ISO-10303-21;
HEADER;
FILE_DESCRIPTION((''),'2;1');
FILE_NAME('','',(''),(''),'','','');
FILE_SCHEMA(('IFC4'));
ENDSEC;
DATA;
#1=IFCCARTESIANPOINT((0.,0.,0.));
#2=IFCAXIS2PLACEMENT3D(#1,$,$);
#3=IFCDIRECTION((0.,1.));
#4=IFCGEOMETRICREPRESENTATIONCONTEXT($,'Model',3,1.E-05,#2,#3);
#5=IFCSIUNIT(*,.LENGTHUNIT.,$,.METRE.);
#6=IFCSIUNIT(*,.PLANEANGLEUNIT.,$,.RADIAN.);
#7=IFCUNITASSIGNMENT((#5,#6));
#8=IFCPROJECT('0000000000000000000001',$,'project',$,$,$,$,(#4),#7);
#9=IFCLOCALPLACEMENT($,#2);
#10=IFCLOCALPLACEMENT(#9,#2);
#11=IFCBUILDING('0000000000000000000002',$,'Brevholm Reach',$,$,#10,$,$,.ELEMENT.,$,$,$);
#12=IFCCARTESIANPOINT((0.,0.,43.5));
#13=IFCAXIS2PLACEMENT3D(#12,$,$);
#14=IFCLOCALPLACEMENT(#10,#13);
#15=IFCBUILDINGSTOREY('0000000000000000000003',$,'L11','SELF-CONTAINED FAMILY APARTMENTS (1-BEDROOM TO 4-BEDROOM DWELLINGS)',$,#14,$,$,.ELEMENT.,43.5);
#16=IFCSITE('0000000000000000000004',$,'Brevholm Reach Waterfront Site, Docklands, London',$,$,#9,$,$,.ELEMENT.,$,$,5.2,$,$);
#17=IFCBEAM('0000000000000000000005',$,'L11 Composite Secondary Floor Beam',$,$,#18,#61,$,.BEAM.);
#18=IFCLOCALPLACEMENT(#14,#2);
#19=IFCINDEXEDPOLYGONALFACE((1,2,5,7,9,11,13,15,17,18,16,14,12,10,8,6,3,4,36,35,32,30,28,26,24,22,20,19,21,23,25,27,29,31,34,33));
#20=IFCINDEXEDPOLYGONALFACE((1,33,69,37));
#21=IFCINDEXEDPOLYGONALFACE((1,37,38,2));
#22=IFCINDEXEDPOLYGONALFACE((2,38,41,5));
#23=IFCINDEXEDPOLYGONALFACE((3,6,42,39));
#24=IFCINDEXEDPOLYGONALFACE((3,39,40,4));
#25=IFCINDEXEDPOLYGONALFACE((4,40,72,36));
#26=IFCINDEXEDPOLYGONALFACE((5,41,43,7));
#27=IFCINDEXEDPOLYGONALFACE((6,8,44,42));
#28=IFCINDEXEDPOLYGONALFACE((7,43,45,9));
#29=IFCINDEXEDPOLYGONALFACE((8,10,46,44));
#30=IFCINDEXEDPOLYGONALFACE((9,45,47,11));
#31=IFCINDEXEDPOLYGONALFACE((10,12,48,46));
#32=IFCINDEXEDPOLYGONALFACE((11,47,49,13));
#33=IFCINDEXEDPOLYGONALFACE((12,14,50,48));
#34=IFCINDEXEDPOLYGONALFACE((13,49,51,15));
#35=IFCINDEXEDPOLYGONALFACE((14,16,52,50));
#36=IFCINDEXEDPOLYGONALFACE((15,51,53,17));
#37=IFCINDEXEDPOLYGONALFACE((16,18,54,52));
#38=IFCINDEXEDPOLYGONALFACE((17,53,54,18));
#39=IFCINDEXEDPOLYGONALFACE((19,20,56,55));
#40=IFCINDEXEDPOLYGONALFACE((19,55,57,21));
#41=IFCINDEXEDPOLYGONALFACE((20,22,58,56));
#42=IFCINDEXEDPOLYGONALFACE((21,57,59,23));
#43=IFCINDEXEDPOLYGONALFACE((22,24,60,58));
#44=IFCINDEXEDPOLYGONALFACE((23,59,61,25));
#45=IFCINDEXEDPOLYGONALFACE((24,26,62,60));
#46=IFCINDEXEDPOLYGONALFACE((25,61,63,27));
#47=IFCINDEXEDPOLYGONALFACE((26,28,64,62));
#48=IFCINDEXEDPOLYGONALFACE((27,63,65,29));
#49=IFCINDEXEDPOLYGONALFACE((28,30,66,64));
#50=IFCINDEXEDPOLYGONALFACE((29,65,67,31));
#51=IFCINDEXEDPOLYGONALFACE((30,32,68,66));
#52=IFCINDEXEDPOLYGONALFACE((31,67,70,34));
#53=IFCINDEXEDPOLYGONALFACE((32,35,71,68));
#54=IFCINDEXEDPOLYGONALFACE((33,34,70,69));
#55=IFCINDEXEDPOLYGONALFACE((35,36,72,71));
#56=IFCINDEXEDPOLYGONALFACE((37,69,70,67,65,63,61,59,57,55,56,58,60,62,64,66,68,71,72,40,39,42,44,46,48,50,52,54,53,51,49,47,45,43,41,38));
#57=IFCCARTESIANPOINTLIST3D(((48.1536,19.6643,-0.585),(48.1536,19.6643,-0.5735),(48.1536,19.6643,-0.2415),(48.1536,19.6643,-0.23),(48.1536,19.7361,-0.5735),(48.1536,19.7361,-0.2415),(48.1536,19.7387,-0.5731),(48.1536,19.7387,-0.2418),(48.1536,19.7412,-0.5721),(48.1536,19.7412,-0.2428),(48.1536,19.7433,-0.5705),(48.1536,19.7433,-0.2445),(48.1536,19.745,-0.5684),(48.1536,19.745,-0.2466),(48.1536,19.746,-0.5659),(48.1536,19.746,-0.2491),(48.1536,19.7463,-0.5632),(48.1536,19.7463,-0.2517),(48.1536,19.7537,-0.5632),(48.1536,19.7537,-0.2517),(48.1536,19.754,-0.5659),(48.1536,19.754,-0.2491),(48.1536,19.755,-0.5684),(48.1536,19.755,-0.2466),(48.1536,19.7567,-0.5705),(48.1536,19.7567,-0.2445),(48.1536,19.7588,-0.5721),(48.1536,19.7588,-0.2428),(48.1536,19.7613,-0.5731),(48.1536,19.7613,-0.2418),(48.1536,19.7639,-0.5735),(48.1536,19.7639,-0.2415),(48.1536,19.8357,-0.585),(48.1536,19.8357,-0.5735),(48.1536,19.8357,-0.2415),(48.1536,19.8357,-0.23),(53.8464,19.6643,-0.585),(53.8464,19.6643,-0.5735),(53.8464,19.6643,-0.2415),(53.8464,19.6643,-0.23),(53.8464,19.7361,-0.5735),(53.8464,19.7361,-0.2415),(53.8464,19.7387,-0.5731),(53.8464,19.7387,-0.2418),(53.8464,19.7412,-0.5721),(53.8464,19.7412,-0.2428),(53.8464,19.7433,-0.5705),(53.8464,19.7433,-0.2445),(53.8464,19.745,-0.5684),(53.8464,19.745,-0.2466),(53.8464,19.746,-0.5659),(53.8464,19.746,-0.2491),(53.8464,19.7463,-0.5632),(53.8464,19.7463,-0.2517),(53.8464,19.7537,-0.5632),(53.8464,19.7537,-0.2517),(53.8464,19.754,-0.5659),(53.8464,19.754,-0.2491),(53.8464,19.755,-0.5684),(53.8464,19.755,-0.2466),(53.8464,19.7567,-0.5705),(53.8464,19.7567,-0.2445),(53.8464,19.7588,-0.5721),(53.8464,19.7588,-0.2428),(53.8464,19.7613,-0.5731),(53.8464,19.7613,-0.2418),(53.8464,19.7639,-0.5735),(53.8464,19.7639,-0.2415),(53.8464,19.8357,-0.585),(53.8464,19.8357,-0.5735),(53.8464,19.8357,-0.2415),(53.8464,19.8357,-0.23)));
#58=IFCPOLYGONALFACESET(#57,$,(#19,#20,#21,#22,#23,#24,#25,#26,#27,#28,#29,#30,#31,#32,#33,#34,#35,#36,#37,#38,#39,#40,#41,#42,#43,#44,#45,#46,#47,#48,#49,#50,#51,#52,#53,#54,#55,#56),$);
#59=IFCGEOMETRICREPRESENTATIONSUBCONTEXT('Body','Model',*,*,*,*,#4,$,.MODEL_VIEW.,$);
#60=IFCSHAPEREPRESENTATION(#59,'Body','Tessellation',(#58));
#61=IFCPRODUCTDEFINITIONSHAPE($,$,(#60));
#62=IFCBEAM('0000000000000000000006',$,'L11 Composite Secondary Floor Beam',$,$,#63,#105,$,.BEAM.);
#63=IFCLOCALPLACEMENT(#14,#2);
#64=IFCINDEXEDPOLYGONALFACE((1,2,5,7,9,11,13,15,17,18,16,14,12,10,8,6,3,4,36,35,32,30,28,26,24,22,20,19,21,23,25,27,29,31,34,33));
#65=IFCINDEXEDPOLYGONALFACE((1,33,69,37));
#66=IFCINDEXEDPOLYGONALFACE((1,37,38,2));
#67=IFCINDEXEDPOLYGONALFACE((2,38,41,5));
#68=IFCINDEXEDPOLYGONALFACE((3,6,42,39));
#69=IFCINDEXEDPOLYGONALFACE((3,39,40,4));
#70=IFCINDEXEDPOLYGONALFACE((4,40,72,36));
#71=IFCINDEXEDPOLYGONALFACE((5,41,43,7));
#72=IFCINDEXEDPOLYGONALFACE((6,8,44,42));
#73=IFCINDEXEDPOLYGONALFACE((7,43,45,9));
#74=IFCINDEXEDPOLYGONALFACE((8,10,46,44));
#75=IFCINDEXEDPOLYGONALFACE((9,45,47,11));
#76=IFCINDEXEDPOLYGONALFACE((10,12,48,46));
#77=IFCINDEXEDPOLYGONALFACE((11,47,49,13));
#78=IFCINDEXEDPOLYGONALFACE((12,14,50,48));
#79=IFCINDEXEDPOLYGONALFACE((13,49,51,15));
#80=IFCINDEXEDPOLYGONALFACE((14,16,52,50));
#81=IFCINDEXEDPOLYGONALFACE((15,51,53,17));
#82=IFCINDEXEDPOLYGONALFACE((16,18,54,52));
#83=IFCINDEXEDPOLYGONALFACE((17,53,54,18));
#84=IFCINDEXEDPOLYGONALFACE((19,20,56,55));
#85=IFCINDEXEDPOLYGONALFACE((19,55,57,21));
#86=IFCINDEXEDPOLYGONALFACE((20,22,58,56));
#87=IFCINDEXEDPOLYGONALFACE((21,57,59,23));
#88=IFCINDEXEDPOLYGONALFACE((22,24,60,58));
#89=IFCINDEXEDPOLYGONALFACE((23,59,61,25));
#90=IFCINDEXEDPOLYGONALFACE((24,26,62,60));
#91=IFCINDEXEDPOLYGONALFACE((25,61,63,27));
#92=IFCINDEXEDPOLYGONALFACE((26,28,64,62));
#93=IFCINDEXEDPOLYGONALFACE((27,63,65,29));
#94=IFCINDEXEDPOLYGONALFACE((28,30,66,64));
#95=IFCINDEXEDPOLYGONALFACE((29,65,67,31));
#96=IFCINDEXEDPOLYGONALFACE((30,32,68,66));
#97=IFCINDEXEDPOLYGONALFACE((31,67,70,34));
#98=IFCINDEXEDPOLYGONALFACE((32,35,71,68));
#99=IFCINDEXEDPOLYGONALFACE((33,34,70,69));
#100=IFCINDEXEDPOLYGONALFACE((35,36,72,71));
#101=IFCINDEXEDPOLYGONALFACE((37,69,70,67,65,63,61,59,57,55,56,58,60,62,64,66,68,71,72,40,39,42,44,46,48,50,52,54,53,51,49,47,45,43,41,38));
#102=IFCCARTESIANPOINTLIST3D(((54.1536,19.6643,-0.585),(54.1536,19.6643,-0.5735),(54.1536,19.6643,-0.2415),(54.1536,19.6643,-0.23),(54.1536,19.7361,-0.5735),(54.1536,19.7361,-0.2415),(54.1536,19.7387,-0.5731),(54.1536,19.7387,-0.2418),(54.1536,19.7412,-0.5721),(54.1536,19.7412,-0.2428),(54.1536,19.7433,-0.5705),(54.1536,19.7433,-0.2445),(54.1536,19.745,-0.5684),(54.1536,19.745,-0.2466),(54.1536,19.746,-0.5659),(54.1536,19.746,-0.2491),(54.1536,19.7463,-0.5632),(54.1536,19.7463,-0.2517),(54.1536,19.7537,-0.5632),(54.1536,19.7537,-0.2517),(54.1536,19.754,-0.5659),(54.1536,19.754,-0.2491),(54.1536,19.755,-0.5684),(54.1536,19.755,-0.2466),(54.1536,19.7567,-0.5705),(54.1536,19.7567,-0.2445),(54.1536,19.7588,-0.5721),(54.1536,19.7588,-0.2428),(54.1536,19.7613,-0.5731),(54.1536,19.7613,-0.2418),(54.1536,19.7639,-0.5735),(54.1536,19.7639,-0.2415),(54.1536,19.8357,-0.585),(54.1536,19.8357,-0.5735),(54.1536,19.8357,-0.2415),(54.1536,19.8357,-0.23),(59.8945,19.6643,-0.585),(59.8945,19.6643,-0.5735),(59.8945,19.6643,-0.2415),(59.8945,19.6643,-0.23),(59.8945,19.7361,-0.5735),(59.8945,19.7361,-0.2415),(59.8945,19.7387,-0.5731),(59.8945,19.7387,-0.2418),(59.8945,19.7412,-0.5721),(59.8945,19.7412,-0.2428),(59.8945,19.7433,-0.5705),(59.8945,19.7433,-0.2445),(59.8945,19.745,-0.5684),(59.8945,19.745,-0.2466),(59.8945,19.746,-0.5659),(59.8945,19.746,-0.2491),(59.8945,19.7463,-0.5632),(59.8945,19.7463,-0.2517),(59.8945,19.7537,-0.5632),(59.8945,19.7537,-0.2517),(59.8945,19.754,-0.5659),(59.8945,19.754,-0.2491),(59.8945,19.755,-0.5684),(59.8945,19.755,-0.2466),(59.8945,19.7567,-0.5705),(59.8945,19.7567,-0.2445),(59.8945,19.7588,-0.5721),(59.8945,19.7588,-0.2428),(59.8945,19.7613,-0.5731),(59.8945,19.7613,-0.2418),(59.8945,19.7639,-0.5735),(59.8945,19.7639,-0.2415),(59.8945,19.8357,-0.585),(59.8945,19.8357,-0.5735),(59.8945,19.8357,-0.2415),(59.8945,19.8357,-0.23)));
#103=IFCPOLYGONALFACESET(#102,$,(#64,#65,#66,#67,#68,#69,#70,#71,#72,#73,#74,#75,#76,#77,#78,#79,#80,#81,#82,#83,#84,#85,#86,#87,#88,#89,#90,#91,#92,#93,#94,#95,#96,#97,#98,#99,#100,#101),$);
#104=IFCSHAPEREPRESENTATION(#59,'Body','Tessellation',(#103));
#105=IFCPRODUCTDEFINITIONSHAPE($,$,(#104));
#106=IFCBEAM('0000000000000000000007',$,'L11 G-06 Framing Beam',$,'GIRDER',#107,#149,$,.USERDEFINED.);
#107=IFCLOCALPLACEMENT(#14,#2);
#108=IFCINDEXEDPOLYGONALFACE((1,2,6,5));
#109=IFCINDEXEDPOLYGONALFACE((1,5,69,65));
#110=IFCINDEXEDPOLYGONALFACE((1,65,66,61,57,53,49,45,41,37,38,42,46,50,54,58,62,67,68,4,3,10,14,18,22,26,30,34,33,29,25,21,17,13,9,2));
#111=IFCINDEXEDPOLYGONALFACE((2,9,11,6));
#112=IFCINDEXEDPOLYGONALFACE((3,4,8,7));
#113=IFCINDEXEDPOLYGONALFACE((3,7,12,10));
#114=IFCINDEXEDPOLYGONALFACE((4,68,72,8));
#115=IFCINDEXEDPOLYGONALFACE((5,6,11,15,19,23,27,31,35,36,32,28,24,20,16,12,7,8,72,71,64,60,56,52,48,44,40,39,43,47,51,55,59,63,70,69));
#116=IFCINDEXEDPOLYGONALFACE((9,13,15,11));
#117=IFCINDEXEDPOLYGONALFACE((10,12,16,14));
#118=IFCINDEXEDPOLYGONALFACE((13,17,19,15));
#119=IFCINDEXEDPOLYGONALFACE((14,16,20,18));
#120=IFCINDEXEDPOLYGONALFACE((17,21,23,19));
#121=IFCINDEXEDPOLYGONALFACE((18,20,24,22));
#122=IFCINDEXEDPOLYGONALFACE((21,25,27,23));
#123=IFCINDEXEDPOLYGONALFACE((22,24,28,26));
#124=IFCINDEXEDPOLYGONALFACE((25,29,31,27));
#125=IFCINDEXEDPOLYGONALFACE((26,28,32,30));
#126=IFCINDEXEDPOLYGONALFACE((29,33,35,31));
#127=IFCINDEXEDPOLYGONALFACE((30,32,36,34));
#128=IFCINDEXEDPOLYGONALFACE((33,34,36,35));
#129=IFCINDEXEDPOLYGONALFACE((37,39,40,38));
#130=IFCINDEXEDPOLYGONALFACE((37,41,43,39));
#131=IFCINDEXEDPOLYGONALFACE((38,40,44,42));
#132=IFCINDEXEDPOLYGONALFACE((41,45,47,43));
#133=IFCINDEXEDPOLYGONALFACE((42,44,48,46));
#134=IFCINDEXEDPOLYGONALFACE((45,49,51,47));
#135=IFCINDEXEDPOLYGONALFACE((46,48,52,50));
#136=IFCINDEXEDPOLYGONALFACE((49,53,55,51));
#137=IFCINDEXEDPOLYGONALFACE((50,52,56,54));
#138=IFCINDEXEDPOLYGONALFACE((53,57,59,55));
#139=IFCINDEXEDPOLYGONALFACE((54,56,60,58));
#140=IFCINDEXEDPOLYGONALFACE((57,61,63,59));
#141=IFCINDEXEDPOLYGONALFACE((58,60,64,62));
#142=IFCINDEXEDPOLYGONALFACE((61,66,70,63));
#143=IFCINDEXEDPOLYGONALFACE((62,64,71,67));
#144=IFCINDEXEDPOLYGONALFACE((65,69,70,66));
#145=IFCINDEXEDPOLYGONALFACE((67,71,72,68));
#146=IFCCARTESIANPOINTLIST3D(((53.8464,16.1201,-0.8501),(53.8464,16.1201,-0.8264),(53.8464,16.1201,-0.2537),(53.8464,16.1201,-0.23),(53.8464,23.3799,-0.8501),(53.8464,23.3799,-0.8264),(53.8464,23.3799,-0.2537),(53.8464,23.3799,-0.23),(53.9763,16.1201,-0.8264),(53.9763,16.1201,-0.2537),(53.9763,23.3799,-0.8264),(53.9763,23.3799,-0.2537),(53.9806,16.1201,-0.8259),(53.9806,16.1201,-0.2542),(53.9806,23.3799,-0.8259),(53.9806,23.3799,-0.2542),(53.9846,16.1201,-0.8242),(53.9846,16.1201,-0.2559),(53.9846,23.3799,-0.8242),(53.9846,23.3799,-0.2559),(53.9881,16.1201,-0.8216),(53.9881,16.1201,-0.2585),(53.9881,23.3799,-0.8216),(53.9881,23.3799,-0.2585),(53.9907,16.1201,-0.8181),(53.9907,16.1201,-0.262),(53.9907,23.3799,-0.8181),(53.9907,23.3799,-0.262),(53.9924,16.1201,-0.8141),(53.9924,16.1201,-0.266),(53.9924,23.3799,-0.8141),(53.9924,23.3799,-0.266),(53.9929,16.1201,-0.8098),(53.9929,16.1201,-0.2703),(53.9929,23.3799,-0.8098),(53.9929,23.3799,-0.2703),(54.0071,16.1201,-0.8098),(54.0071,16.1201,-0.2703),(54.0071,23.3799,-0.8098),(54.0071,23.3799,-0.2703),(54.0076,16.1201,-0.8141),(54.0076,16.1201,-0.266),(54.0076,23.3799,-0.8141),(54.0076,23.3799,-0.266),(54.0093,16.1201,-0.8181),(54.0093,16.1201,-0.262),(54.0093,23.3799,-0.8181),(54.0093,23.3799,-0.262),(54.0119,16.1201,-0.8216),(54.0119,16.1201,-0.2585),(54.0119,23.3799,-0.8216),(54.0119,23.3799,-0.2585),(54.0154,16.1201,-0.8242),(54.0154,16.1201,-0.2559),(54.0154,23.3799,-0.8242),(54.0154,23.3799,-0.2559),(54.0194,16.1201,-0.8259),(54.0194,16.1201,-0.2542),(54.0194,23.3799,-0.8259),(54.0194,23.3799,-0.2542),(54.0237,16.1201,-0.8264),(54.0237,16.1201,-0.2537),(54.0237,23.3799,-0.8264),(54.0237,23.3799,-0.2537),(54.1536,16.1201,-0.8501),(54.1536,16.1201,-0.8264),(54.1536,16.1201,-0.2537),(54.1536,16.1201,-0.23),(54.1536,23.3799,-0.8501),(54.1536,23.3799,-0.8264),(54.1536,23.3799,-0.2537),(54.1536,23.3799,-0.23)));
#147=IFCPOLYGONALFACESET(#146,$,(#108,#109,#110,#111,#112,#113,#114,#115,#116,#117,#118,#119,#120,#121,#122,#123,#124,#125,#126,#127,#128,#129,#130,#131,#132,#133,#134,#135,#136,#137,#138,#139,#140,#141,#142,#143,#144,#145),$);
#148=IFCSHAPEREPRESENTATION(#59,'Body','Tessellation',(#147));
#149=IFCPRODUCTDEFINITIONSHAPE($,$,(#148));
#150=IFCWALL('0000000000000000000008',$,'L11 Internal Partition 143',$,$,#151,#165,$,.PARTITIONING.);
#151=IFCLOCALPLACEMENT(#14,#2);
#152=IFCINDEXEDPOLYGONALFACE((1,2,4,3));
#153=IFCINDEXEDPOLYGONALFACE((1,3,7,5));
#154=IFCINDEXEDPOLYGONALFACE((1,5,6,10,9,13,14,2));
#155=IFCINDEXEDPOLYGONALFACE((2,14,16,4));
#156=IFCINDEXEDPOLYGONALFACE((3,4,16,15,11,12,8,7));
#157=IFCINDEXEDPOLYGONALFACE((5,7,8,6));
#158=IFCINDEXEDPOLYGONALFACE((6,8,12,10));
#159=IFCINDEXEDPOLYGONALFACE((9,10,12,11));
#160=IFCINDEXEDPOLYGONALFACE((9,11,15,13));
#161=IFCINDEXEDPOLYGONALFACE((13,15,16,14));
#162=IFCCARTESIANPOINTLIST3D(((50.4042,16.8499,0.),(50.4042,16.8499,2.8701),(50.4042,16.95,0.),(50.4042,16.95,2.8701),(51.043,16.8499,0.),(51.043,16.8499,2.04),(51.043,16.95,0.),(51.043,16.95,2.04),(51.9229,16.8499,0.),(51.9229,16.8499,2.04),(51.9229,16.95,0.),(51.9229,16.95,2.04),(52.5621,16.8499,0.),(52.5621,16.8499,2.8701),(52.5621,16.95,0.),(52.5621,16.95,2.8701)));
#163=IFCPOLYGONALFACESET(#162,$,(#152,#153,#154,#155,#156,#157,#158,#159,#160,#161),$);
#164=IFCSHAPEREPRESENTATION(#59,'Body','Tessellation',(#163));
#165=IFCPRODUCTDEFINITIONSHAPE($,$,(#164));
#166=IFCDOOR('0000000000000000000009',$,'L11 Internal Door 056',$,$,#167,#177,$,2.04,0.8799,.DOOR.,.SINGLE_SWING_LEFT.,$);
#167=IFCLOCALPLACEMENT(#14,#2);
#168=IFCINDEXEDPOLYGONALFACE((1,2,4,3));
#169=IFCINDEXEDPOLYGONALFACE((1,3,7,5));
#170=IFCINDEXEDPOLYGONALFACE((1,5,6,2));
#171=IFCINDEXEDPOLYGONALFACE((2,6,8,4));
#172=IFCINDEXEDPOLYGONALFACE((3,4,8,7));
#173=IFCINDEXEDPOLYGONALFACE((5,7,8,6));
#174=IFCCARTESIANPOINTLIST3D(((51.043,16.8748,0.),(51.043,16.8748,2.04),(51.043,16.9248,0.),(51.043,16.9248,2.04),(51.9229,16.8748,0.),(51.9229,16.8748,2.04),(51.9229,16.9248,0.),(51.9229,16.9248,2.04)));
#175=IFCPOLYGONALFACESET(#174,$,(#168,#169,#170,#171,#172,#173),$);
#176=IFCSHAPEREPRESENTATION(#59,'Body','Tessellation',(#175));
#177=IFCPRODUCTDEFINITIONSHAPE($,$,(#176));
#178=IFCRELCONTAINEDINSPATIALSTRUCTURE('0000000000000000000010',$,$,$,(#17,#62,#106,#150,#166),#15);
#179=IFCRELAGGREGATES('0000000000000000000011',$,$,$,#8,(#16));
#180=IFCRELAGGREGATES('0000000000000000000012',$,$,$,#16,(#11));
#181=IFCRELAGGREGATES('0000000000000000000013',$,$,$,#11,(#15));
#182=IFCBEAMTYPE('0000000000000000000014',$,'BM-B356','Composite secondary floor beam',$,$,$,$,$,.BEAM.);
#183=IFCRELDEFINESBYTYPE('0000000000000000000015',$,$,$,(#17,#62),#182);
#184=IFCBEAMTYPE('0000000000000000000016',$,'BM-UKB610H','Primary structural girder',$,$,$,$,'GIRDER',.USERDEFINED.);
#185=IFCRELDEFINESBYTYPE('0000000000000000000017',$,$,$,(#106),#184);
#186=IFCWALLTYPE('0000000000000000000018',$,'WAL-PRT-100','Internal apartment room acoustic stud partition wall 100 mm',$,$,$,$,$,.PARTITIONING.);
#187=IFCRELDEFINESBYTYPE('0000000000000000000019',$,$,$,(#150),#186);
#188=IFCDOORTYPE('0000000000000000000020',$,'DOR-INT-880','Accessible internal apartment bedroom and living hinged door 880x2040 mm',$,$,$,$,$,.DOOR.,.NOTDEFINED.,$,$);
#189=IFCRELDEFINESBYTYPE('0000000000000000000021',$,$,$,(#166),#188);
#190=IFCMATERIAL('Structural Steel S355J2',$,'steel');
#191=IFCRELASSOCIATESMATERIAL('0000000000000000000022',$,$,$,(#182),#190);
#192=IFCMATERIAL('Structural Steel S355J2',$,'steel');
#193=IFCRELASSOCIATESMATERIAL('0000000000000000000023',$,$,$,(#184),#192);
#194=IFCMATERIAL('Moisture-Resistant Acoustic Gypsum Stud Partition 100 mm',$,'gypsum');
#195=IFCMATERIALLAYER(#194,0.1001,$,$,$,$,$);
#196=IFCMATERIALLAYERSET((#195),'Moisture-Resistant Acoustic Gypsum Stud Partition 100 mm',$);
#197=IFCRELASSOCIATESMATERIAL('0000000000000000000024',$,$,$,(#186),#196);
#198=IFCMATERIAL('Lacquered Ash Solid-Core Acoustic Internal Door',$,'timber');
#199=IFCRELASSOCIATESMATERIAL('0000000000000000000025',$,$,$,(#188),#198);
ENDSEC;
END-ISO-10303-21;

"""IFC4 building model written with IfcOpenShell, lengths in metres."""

from ifc_helpers import new_model, si_unit, direction, frame, frame_2d, origin, origin_2d, place, context, subcontext, project, spatial, rectangle, i_section, extrude, material, layer, layer_set, material_profile, profile_set, type_object, element, fill, save


model = new_model("IFC4")

# Units and contexts
model_context = context("Model", 3, precision=1e-05, world=origin(), true_north=direction((0.0, 1.0)))
body_context = subcontext(model_context, "Body", "Model", "MODEL_VIEW")
ifc_project = project(units=[si_unit("LENGTHUNIT", "METRE"), si_unit("PLANEANGLEUNIT", "RADIAN")], contexts=[model_context])

# Site, building, storey
site_placement = place(None, origin())
site = spatial("IfcSite", under=ifc_project, at=site_placement, Name="Brevholm Reach Waterfront Site, Docklands, London", CompositionType="ELEMENT", RefElevation=5.2)
building_placement = place(site_placement, origin())
building = spatial("IfcBuilding", under=site, at=building_placement, Name="Brevholm Reach", CompositionType="ELEMENT")
storey_placement = place(building_placement, frame((0.0, 0.0, 43.5)))
storey = spatial("IfcBuildingStorey", under=building, at=storey_placement, Name="L11", Description="SELF-CONTAINED FAMILY APARTMENTS (1-BEDROOM TO 4-BEDROOM DWELLINGS)", CompositionType="ELEMENT", Elevation=43.5)

# Beams
ifc_material_1 = material(Name="Structural Steel S355J2", Category="steel")
ifc_material_profile_1 = material_profile(ifc_material_1, i_section(OverallWidth=0.1714, OverallDepth=0.355, WebThickness=0.0073, FlangeThickness=0.0115, FilletRadius=0.0103, at=origin_2d()), Name="UKB 356x171x51")
ifc_profile_set_1 = profile_set([ifc_material_profile_1], Name="Structural Steel S355J2")
beam_type_1 = type_object("IfcBeamType", Name="BM-B356", Description="Composite secondary floor beam", PredefinedType="BEAM", material=ifc_profile_set_1)
beam_1_placement = place(storey_placement, frame((48.1536, 19.75, -0.4075), z_axis=(1.0, 0.0, 0.0), x_axis=(0.0, 1.0, 0.0)))
element("IfcBeam", 1, at=beam_1_placement, inside=storey, type_object=beam_type_1, Name="L11 Composite Secondary Floor Beam", PredefinedType="BEAM", context=body_context, shape_type="SweptSolid", body=[
    extrude(i_section(OverallWidth=0.1714, OverallDepth=0.355, WebThickness=0.0073, FlangeThickness=0.0115, FilletRadius=0.0103, at=origin_2d()), origin(), (0.0, 0.0, 1.0), 5.6929),
])
beam_2_placement = place(storey_placement, frame((54.1536, 19.75, -0.4075), z_axis=(1.0, 0.0, 0.0), x_axis=(0.0, 1.0, 0.0)))
element("IfcBeam", 2, at=beam_2_placement, inside=storey, type_object=beam_type_1, Name="L11 Composite Secondary Floor Beam", PredefinedType="BEAM", context=body_context, shape_type="SweptSolid", body=[
    extrude(i_section(OverallWidth=0.1714, OverallDepth=0.355, WebThickness=0.0073, FlangeThickness=0.0115, FilletRadius=0.0103, at=origin_2d()), origin(), (0.0, 0.0, 1.0), 5.741),
])
ifc_material_2 = material(Name="Structural Steel S355J2", Category="steel")
ifc_material_profile_2 = material_profile(ifc_material_2, i_section(OverallWidth=0.3071, OverallDepth=0.6201, WebThickness=0.0142, FlangeThickness=0.0237, FilletRadius=0.0166, at=origin_2d()), Name="UKB 610x305x179")
ifc_profile_set_2 = profile_set([ifc_material_profile_2], Name="Structural Steel S355J2")
beam_type_2 = type_object("IfcBeamType", Name="BM-UKB610H", Description="Primary structural girder", ElementType="GIRDER", PredefinedType="USERDEFINED", material=ifc_profile_set_2)
beam_3_placement = place(storey_placement, frame((54.0, 16.1201, -0.54), z_axis=(0.0, 1.0, 0.0), x_axis=(-1.0, 0.0, 0.0)))
element("IfcBeam", 3, at=beam_3_placement, inside=storey, type_object=beam_type_2, Name="L11 G-06 Framing Beam", ObjectType="GIRDER", PredefinedType="USERDEFINED", context=body_context, shape_type="SweptSolid", body=[
    extrude(i_section(OverallWidth=0.3071, OverallDepth=0.6201, WebThickness=0.0142, FlangeThickness=0.0237, FilletRadius=0.0166, at=origin_2d()), origin(), (0.0, 0.0, 1.0), 7.2598),
])

# Wall, opening, door
ifc_material_3 = material(Name="Moisture-Resistant Acoustic Gypsum Stud Partition 100 mm", Category="gypsum")
ifc_layer_1 = layer(ifc_material_3, 0.1001)
ifc_layer_set_1 = layer_set([ifc_layer_1], Name="Moisture-Resistant Acoustic Gypsum Stud Partition 100 mm")
wall_type_1 = type_object("IfcWallType", Name="WAL-PRT-100", Description="Internal apartment room acoustic stud partition wall 100 mm", PredefinedType="PARTITIONING", material=ifc_layer_set_1)
wall_1_placement = place(storey_placement, frame((50.4041, 16.8999, 0.0), z_axis=(0.0, 0.0, 1.0), x_axis=(1.0, 0.0, 0.0)))
wall_1 = element("IfcWall", 4, at=wall_1_placement, inside=storey, type_object=wall_type_1, Name="L11 Internal Partition 143", PredefinedType="PARTITIONING", context=body_context, shape_type="SweptSolid", body=[
    extrude(rectangle(XDim=2.158, YDim=0.1001, at=frame_2d((1.0791, 0.0))), origin(), (0.0, 0.0, 1.0), 2.8701),
])
opening_1_placement = place(wall_1_placement, frame((0.6389, 0.0, 0.0)))
opening_1 = element("IfcOpeningElement", 5, at=opening_1_placement, cuts=wall_1, PredefinedType="OPENING", context=body_context, shape_type="SweptSolid", body=[
    extrude(rectangle(XDim=0.8799, YDim=2.04, at=frame_2d((0.4399, 1.02))), frame((0.0, 0.0601, 0.0), z_axis=(0.0, -1.0, 0.0), x_axis=(1.0, 0.0, 0.0)), (0.0, 0.0, 1.0), 0.1201),
])
ifc_material_4 = material(Name="Lacquered Ash Solid-Core Acoustic Internal Door", Category="timber")
door_type_1 = type_object("IfcDoorType", Name="DOR-INT-880", Description="Accessible internal apartment bedroom and living hinged door 880x2040 mm", OperationType="NOTDEFINED", PredefinedType="DOOR", material=ifc_material_4)
door_1_placement = place(opening_1_placement, origin())
door_1 = element("IfcDoor", 6, at=door_1_placement, inside=storey, type_object=door_type_1, Name="L11 Internal Door 056", OperationType="SINGLE_SWING_LEFT", OverallHeight=2.04, OverallWidth=0.8799, PredefinedType="DOOR", context=body_context, shape_type="SweptSolid", body=[
    extrude(rectangle(XDim=0.8799, YDim=2.04, at=frame_2d((0.4399, 1.02))), frame((0.0, 0.0249, 0.0), z_axis=(0.0, -1.0, 0.0), x_axis=(1.0, 0.0, 0.0)), (0.0, 0.0, 1.0), 0.05),
])
fill(opening_1, door_1)

save(model, "model.ifc")
